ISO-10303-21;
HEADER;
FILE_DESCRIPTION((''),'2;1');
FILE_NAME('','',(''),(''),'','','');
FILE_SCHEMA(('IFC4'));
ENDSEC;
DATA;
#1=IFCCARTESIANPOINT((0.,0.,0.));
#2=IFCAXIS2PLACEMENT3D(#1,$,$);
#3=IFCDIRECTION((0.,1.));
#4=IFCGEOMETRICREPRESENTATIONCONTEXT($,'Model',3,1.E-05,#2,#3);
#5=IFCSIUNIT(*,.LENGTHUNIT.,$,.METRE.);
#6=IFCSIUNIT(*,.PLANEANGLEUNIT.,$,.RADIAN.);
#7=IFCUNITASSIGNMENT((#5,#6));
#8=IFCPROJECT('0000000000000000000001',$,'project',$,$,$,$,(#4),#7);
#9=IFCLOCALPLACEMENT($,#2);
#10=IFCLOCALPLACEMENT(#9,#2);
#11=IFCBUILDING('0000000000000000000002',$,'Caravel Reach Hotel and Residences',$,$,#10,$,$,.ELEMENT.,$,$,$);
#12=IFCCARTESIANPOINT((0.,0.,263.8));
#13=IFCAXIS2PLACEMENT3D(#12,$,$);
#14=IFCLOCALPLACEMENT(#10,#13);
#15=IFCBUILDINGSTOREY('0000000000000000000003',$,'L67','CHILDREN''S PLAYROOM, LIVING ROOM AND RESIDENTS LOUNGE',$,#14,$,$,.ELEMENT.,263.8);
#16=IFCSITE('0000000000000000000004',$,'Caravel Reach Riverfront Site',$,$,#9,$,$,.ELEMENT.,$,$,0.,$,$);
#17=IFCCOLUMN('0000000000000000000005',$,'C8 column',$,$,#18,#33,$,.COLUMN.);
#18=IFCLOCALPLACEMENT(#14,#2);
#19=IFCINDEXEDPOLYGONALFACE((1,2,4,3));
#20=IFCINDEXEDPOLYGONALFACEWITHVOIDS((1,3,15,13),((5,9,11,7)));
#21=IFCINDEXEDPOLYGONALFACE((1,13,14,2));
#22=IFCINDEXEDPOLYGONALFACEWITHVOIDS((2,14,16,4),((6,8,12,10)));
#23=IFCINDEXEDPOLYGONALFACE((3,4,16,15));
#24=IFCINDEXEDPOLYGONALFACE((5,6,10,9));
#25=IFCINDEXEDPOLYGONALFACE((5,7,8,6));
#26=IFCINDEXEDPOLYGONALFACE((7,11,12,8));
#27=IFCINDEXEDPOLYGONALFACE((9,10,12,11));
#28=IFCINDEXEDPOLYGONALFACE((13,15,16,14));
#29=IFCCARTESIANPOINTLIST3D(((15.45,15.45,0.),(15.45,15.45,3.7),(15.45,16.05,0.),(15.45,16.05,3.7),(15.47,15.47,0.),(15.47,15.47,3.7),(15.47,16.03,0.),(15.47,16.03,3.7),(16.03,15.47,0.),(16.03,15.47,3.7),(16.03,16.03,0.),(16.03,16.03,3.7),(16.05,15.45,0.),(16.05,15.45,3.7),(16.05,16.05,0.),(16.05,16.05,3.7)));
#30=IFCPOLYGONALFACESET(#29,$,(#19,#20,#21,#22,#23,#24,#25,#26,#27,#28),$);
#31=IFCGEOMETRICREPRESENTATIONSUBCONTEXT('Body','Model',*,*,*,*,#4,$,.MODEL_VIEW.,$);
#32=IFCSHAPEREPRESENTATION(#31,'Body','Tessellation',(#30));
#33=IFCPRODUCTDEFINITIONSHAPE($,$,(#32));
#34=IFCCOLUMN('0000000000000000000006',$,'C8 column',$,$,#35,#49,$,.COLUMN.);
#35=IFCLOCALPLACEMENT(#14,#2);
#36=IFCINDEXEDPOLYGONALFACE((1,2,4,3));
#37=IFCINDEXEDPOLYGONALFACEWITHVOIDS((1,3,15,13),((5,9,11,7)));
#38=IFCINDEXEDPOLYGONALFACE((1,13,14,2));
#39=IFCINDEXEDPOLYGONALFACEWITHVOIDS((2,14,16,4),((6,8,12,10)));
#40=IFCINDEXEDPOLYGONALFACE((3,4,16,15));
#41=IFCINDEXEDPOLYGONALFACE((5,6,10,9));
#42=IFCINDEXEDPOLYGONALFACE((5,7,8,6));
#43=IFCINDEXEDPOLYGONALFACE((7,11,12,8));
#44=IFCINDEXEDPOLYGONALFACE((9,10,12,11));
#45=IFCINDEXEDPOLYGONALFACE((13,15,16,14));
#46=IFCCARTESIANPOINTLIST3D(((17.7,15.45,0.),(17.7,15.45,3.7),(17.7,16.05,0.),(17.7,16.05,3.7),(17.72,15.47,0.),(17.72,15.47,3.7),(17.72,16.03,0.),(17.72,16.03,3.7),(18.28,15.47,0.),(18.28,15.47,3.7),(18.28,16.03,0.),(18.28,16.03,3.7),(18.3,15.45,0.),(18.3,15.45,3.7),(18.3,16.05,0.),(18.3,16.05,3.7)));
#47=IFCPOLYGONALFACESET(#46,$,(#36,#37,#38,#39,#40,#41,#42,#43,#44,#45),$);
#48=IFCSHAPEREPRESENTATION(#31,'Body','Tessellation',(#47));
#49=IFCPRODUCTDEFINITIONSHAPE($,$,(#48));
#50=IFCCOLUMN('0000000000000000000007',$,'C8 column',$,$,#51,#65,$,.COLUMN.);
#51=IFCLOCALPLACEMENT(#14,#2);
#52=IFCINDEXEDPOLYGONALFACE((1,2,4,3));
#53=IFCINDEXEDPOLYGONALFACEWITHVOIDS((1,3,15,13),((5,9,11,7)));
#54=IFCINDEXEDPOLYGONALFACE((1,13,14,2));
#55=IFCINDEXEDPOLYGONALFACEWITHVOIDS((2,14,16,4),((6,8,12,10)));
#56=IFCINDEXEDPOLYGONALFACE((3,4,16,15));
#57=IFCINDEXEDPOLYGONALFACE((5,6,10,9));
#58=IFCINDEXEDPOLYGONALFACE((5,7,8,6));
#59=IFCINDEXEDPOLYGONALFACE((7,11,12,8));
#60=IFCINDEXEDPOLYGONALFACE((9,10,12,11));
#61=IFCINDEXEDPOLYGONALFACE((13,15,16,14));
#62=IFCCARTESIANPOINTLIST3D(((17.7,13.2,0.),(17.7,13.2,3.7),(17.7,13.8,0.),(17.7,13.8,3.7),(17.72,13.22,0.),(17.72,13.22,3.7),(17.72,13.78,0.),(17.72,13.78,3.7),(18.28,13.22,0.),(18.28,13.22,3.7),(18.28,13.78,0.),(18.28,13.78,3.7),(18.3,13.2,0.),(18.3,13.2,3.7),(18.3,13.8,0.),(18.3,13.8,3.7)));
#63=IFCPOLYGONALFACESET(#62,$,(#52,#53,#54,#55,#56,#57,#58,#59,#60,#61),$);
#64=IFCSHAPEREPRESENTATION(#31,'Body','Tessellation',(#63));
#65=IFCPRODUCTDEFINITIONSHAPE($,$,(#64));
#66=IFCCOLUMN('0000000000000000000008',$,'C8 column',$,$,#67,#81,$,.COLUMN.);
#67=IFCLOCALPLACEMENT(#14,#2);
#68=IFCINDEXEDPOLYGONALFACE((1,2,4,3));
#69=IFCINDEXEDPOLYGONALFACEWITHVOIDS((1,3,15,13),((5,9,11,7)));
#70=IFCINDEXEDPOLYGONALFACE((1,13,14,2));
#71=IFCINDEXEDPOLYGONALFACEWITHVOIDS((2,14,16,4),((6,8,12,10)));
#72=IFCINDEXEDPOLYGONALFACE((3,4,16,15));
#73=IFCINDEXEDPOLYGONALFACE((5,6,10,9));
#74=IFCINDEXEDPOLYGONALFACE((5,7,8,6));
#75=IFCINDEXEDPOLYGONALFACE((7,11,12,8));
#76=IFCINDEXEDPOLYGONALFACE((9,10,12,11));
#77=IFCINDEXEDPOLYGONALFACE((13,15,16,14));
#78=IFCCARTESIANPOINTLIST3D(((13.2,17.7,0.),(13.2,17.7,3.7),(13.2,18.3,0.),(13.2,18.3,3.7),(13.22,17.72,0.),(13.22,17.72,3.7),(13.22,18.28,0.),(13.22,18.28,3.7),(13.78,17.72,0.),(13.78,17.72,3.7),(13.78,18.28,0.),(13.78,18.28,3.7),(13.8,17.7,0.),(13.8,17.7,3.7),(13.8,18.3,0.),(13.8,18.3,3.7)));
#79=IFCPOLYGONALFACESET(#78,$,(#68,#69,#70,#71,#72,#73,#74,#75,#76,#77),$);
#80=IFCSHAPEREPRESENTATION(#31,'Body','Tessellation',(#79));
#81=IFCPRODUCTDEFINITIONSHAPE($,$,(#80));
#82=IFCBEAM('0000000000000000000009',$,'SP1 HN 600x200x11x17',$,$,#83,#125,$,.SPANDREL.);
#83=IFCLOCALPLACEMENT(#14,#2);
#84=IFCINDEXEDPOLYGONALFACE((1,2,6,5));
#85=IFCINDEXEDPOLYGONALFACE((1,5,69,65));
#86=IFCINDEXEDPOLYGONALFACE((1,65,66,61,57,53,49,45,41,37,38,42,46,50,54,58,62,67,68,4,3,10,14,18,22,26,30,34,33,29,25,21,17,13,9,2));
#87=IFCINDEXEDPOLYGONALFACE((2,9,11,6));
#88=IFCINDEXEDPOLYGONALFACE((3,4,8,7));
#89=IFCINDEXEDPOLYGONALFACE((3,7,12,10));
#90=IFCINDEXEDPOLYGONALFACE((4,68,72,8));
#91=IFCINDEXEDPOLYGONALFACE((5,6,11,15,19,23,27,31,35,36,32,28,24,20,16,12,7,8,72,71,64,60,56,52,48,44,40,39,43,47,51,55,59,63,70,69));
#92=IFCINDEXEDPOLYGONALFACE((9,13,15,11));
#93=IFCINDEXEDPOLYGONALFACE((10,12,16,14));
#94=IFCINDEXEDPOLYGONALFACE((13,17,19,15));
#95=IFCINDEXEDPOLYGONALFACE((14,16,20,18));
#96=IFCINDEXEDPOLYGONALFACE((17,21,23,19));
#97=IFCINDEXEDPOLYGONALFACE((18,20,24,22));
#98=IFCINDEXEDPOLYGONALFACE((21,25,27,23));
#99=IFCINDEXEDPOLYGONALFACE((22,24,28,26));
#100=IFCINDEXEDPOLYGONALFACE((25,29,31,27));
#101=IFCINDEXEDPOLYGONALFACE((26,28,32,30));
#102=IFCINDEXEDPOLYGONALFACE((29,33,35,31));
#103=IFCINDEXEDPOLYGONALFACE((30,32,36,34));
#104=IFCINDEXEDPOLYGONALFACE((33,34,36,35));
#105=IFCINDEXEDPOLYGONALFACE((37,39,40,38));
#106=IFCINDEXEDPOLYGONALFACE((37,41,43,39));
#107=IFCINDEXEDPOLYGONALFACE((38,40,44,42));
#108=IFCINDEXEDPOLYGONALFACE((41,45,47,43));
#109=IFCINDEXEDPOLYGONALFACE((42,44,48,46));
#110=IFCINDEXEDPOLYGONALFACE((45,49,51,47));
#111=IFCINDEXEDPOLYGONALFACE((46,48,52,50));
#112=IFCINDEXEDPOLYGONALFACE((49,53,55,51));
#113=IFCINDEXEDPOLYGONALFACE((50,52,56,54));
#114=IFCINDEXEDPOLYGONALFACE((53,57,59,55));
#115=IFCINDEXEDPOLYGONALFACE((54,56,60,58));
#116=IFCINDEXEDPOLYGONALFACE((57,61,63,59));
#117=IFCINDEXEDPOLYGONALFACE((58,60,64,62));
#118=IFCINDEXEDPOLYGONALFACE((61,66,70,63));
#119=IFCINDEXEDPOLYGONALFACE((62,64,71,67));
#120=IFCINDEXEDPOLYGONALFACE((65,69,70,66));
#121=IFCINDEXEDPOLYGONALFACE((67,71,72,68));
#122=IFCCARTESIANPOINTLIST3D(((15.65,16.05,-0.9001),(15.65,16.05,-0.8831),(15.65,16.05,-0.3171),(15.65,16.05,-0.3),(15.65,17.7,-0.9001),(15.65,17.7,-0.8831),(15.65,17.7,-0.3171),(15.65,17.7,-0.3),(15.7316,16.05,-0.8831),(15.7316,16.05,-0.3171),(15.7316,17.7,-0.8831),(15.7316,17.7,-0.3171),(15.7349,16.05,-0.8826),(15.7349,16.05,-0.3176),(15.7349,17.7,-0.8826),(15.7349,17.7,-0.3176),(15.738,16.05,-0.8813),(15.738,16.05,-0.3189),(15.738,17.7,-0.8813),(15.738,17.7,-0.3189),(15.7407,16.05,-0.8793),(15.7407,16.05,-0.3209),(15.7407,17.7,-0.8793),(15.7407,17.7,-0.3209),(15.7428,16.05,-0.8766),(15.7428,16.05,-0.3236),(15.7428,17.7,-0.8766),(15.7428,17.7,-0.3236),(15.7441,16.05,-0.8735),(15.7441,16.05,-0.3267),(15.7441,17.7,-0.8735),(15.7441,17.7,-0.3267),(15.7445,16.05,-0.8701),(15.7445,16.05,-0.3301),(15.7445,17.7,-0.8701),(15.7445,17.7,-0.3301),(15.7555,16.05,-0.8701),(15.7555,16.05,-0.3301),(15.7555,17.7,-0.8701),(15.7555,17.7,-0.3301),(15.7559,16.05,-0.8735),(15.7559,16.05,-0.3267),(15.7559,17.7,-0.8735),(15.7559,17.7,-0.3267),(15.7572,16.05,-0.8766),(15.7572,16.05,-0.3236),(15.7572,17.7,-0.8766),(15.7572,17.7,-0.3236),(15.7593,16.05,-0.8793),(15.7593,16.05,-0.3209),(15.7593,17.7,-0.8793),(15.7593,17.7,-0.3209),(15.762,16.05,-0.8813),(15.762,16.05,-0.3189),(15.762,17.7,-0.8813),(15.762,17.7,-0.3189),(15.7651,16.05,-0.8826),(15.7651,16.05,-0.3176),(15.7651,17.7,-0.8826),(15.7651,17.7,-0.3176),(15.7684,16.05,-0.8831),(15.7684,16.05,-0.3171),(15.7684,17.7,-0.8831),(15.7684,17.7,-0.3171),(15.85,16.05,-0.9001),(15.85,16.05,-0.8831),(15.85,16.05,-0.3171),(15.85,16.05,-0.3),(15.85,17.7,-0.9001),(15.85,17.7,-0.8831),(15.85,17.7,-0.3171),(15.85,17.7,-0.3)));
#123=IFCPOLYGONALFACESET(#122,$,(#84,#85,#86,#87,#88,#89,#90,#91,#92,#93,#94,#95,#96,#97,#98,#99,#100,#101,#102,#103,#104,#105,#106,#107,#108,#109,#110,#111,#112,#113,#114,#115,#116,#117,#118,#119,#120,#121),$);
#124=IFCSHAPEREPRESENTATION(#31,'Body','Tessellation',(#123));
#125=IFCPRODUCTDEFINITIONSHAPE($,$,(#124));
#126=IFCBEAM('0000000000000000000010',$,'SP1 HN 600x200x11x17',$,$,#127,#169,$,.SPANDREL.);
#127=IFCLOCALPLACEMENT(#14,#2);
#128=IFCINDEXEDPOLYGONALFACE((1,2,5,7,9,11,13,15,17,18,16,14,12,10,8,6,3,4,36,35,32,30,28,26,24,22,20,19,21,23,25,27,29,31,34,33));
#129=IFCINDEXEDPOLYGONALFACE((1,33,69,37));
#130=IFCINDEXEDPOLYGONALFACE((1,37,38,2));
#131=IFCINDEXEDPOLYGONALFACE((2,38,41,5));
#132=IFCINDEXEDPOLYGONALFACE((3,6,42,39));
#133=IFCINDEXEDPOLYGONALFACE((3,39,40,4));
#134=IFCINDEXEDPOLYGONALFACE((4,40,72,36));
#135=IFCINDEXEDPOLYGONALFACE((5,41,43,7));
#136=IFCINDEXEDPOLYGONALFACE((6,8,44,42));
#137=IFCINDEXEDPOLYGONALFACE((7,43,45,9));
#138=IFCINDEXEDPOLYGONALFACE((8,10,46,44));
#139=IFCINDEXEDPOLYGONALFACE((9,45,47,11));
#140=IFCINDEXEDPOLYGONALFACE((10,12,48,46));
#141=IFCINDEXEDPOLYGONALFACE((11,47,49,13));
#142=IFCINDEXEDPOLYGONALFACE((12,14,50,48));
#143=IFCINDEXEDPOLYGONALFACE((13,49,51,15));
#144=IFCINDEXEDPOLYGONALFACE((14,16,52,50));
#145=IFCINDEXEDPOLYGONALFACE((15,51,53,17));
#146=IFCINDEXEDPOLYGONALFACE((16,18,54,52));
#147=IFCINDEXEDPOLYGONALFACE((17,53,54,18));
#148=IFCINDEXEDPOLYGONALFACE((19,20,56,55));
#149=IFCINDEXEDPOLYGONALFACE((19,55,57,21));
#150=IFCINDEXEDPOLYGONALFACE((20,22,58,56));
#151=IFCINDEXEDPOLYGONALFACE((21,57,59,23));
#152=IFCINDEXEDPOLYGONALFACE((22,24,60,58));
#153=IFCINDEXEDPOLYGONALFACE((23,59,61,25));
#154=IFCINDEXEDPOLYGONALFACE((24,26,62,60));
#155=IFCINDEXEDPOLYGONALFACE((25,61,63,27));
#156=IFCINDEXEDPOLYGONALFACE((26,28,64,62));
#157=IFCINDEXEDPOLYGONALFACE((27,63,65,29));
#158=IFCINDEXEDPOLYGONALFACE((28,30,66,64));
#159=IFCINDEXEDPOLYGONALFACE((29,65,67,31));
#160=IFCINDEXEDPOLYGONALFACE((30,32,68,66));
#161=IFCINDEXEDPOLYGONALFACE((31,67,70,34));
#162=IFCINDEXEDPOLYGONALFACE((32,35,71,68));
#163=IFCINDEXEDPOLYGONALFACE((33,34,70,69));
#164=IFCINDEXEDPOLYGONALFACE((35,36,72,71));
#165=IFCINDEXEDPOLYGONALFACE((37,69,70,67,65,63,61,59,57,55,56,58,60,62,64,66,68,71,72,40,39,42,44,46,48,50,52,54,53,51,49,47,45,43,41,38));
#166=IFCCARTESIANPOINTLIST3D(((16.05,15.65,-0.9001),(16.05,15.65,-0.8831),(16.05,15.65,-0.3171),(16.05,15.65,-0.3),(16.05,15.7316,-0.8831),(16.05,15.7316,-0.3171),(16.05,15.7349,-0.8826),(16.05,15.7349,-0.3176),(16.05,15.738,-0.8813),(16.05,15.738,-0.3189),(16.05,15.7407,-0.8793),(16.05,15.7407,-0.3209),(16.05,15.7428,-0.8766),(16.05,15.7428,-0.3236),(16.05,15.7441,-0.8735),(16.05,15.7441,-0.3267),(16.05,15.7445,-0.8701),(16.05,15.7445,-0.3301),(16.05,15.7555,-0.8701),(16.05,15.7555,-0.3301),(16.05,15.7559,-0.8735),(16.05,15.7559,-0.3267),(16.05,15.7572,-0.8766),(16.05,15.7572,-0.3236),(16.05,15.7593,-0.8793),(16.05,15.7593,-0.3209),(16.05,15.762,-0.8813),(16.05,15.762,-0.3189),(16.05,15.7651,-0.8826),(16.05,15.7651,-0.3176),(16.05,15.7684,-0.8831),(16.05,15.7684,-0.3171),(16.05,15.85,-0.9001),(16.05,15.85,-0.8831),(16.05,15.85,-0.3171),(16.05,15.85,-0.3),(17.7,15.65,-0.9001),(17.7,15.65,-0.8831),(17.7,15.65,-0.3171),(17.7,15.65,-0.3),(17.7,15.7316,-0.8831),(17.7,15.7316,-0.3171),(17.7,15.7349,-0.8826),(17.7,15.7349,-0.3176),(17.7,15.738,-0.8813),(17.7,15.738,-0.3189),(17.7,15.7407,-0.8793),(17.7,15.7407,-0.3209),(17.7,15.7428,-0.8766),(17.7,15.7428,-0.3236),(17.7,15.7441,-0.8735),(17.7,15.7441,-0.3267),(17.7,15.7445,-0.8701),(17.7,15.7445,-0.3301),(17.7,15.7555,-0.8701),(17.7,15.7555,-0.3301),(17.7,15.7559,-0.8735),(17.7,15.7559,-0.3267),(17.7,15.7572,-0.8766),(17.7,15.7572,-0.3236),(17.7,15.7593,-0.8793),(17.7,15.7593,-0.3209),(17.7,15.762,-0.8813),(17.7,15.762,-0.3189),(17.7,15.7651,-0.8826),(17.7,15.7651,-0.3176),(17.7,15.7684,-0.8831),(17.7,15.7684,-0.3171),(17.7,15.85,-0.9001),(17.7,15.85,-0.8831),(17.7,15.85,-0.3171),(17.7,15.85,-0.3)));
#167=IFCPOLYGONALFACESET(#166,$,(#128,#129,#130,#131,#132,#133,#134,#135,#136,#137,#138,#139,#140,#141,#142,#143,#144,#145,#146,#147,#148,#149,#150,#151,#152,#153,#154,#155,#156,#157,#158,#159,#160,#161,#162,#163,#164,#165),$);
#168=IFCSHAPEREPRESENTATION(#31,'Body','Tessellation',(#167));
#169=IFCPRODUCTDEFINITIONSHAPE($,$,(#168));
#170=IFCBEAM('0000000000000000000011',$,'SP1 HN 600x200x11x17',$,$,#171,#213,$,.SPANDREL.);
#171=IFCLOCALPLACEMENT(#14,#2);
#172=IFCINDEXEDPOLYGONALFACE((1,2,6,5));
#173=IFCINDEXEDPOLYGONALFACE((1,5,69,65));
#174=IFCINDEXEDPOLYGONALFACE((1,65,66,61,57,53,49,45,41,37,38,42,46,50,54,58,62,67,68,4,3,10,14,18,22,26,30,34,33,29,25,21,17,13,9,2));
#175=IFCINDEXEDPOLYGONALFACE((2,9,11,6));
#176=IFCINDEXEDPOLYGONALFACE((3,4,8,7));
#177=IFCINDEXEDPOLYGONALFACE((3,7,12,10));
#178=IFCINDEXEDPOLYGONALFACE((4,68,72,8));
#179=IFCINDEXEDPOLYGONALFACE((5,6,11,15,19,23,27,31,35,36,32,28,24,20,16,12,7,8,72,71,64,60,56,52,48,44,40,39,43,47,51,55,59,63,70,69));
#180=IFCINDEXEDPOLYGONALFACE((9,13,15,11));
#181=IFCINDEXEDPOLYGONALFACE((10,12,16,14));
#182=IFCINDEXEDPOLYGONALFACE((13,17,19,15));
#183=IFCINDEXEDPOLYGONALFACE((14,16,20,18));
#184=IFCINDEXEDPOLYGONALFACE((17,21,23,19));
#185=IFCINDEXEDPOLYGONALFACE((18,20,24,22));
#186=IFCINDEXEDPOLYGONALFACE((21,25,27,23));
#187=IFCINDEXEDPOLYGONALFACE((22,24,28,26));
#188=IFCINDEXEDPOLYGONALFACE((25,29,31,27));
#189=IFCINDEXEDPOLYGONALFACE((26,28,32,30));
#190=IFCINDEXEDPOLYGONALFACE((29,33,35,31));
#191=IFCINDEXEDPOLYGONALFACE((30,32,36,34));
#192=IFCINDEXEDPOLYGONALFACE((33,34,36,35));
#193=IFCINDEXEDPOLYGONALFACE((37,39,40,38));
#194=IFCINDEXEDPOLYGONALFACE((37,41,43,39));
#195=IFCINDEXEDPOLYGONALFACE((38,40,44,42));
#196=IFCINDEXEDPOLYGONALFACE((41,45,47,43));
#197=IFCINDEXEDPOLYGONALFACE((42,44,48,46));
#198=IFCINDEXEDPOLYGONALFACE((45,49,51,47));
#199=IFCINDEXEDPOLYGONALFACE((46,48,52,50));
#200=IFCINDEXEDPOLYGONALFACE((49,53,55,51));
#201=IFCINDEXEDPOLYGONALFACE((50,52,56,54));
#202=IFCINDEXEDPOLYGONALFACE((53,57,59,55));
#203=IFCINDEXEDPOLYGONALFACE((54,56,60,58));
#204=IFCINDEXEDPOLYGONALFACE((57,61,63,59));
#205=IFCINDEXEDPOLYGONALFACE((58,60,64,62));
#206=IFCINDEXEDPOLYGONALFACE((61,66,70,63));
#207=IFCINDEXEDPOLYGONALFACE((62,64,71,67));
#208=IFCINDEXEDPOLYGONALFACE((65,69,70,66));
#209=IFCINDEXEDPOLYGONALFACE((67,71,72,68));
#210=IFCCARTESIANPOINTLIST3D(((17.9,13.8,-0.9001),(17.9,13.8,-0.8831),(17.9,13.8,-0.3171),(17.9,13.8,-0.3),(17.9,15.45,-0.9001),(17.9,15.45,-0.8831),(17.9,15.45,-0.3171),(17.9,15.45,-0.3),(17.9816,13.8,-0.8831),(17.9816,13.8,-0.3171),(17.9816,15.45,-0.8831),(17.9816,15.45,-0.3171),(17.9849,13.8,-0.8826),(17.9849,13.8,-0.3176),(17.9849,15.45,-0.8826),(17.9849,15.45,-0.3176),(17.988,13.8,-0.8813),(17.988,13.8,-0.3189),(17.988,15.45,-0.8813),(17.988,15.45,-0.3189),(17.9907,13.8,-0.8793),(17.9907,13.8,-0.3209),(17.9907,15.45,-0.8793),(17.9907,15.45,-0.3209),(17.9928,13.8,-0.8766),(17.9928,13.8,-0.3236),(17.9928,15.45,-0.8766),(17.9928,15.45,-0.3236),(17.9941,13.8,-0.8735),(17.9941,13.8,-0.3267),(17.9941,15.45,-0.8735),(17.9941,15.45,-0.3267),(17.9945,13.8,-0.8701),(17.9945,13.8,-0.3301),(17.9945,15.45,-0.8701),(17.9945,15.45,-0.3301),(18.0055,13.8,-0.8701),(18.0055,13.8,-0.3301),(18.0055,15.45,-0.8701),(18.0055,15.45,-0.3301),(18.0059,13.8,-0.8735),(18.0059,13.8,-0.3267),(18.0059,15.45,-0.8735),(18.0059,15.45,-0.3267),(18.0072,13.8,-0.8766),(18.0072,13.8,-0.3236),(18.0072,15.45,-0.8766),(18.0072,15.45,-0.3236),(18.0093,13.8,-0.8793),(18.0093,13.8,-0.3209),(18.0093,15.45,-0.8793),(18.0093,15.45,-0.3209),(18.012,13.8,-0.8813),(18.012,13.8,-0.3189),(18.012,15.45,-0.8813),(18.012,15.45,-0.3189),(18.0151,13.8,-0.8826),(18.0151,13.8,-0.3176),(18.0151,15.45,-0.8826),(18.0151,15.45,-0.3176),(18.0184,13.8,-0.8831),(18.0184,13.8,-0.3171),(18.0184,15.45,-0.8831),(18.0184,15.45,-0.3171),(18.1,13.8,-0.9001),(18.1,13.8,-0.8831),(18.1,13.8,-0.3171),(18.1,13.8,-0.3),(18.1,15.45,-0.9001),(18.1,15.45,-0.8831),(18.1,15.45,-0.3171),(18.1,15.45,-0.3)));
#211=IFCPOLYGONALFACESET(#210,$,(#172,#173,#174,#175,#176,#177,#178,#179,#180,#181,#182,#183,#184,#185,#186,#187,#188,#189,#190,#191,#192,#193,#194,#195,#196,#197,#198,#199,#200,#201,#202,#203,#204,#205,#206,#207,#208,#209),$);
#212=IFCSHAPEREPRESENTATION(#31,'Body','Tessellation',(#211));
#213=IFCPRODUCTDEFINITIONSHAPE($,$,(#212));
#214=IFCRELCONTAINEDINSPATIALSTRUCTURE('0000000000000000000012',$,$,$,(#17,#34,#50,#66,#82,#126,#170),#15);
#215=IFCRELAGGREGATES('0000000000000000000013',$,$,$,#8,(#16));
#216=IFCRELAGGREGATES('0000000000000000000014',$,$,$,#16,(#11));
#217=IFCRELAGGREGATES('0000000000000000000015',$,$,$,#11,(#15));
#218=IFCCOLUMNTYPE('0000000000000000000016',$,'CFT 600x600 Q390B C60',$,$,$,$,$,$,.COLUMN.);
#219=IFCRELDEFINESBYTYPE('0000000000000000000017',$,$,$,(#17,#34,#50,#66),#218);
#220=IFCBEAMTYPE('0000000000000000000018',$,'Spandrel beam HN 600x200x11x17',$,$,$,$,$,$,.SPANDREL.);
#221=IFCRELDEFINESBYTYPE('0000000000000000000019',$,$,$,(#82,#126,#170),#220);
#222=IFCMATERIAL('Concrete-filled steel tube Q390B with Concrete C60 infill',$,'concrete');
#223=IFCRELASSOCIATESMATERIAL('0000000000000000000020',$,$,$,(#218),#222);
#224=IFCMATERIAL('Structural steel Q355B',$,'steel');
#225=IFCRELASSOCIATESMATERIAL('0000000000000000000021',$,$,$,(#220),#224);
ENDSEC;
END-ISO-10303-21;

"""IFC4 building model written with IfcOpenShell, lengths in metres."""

from ifc_helpers import new_model, si_unit, direction, frame, origin, origin_2d, place, context, subcontext, project, spatial, hollow_rectangle, i_section, extrude, material, material_profile, profile_set, type_object, element, save


model = new_model("IFC4")

# Units and contexts
model_context = context("Model", 3, precision=1e-05, world=origin(), true_north=direction((0.0, 1.0)))
body_context = subcontext(model_context, "Body", "Model", "MODEL_VIEW")
ifc_project = project(units=[si_unit("LENGTHUNIT", "METRE"), si_unit("PLANEANGLEUNIT", "RADIAN")], contexts=[model_context])

# Site, building, storey
site_placement = place(None, origin())
site = spatial("IfcSite", under=ifc_project, at=site_placement, Name="Caravel Reach Riverfront Site", CompositionType="ELEMENT", RefElevation=0.0)
building_placement = place(site_placement, origin())
building = spatial("IfcBuilding", under=site, at=building_placement, Name="Caravel Reach Hotel and Residences", CompositionType="ELEMENT")
storey_placement = place(building_placement, frame((0.0, 0.0, 263.8)))
storey = spatial("IfcBuildingStorey", under=building, at=storey_placement, Name="L67", Description="CHILDREN'S PLAYROOM, LIVING ROOM AND RESIDENTS LOUNGE", CompositionType="ELEMENT", Elevation=263.8)

# Columns
ifc_material_1 = material(Name="Concrete-filled steel tube Q390B with Concrete C60 infill", Category="concrete")
ifc_material_profile_1 = material_profile(ifc_material_1, hollow_rectangle(XDim=0.6001, YDim=0.6001, WallThickness=0.02, at=origin_2d()), Name="RHS 600x600x20")
ifc_profile_set_1 = profile_set([ifc_material_profile_1], Name="Concrete-filled steel tube Q390B with Concrete C60 infill")
column_type = type_object("IfcColumnType", Name="CFT 600x600 Q390B C60", PredefinedType="COLUMN", material=ifc_profile_set_1)
for number, where, z_axis, x_axis, name in (
    (1, (15.75, 15.75, 0.0), (0.0, 0.0, 1.0), (1.0, 0.0, 0.0), "C8 column"),
    (2, (18.0, 15.75, 0.0), (0.0, 0.0, 1.0), (1.0, 0.0, 0.0), "C8 column"),
    (3, (18.0, 13.5, 0.0), (0.0, 0.0, 1.0), (1.0, 0.0, 0.0), "C8 column"),
    (4, (13.5, 18.0, 0.0), (0.0, 0.0, 1.0), (1.0, 0.0, 0.0), "C8 column"),
):
    element("IfcColumn", number, at=place(storey_placement, frame(where, z_axis=z_axis, x_axis=x_axis)), inside=storey, type_object=column_type, Name=name, PredefinedType="COLUMN", context=body_context, shape_type="SweptSolid", body=[
        extrude(hollow_rectangle(XDim=0.6001, YDim=0.6001, WallThickness=0.02, at=origin_2d()), origin(), (0.0, 0.0, 1.0), 3.7),
    ])

# Beams
ifc_material_2 = material(Name="Structural steel Q355B", Category="steel")
ifc_material_profile_2 = material_profile(ifc_material_2, i_section(OverallWidth=0.2, OverallDepth=0.6001, WebThickness=0.011, FlangeThickness=0.0171, FilletRadius=0.0129, at=origin_2d()), Name="HN 600x200x11x17")
ifc_profile_set_2 = profile_set([ifc_material_profile_2], Name="Structural steel Q355B")
beam_type = type_object("IfcBeamType", Name="Spandrel beam HN 600x200x11x17", PredefinedType="SPANDREL", material=ifc_profile_set_2)
for number, where, z_axis, x_axis, name in (
    (5, (15.75, 17.7, -0.6001), (0.0, -1.0, 0.0), (1.0, 0.0, 0.0), "SP1 HN 600x200x11x17"),
    (6, (16.05, 15.75, -0.6001), (1.0, 0.0, 0.0), (0.0, 1.0, 0.0), "SP1 HN 600x200x11x17"),
    (7, (18.0, 15.45, -0.6001), (0.0, -1.0, 0.0), (1.0, 0.0, 0.0), "SP1 HN 600x200x11x17"),
):
    element("IfcBeam", number, at=place(storey_placement, frame(where, z_axis=z_axis, x_axis=x_axis)), inside=storey, type_object=beam_type, Name=name, PredefinedType="SPANDREL", context=body_context, shape_type="SweptSolid", body=[
        extrude(i_section(OverallWidth=0.2, OverallDepth=0.6001, WebThickness=0.011, FlangeThickness=0.0171, FilletRadius=0.0129, at=origin_2d()), origin(), (0.0, 0.0, 1.0), 1.6499),
    ])

save(model, "model.ifc")
